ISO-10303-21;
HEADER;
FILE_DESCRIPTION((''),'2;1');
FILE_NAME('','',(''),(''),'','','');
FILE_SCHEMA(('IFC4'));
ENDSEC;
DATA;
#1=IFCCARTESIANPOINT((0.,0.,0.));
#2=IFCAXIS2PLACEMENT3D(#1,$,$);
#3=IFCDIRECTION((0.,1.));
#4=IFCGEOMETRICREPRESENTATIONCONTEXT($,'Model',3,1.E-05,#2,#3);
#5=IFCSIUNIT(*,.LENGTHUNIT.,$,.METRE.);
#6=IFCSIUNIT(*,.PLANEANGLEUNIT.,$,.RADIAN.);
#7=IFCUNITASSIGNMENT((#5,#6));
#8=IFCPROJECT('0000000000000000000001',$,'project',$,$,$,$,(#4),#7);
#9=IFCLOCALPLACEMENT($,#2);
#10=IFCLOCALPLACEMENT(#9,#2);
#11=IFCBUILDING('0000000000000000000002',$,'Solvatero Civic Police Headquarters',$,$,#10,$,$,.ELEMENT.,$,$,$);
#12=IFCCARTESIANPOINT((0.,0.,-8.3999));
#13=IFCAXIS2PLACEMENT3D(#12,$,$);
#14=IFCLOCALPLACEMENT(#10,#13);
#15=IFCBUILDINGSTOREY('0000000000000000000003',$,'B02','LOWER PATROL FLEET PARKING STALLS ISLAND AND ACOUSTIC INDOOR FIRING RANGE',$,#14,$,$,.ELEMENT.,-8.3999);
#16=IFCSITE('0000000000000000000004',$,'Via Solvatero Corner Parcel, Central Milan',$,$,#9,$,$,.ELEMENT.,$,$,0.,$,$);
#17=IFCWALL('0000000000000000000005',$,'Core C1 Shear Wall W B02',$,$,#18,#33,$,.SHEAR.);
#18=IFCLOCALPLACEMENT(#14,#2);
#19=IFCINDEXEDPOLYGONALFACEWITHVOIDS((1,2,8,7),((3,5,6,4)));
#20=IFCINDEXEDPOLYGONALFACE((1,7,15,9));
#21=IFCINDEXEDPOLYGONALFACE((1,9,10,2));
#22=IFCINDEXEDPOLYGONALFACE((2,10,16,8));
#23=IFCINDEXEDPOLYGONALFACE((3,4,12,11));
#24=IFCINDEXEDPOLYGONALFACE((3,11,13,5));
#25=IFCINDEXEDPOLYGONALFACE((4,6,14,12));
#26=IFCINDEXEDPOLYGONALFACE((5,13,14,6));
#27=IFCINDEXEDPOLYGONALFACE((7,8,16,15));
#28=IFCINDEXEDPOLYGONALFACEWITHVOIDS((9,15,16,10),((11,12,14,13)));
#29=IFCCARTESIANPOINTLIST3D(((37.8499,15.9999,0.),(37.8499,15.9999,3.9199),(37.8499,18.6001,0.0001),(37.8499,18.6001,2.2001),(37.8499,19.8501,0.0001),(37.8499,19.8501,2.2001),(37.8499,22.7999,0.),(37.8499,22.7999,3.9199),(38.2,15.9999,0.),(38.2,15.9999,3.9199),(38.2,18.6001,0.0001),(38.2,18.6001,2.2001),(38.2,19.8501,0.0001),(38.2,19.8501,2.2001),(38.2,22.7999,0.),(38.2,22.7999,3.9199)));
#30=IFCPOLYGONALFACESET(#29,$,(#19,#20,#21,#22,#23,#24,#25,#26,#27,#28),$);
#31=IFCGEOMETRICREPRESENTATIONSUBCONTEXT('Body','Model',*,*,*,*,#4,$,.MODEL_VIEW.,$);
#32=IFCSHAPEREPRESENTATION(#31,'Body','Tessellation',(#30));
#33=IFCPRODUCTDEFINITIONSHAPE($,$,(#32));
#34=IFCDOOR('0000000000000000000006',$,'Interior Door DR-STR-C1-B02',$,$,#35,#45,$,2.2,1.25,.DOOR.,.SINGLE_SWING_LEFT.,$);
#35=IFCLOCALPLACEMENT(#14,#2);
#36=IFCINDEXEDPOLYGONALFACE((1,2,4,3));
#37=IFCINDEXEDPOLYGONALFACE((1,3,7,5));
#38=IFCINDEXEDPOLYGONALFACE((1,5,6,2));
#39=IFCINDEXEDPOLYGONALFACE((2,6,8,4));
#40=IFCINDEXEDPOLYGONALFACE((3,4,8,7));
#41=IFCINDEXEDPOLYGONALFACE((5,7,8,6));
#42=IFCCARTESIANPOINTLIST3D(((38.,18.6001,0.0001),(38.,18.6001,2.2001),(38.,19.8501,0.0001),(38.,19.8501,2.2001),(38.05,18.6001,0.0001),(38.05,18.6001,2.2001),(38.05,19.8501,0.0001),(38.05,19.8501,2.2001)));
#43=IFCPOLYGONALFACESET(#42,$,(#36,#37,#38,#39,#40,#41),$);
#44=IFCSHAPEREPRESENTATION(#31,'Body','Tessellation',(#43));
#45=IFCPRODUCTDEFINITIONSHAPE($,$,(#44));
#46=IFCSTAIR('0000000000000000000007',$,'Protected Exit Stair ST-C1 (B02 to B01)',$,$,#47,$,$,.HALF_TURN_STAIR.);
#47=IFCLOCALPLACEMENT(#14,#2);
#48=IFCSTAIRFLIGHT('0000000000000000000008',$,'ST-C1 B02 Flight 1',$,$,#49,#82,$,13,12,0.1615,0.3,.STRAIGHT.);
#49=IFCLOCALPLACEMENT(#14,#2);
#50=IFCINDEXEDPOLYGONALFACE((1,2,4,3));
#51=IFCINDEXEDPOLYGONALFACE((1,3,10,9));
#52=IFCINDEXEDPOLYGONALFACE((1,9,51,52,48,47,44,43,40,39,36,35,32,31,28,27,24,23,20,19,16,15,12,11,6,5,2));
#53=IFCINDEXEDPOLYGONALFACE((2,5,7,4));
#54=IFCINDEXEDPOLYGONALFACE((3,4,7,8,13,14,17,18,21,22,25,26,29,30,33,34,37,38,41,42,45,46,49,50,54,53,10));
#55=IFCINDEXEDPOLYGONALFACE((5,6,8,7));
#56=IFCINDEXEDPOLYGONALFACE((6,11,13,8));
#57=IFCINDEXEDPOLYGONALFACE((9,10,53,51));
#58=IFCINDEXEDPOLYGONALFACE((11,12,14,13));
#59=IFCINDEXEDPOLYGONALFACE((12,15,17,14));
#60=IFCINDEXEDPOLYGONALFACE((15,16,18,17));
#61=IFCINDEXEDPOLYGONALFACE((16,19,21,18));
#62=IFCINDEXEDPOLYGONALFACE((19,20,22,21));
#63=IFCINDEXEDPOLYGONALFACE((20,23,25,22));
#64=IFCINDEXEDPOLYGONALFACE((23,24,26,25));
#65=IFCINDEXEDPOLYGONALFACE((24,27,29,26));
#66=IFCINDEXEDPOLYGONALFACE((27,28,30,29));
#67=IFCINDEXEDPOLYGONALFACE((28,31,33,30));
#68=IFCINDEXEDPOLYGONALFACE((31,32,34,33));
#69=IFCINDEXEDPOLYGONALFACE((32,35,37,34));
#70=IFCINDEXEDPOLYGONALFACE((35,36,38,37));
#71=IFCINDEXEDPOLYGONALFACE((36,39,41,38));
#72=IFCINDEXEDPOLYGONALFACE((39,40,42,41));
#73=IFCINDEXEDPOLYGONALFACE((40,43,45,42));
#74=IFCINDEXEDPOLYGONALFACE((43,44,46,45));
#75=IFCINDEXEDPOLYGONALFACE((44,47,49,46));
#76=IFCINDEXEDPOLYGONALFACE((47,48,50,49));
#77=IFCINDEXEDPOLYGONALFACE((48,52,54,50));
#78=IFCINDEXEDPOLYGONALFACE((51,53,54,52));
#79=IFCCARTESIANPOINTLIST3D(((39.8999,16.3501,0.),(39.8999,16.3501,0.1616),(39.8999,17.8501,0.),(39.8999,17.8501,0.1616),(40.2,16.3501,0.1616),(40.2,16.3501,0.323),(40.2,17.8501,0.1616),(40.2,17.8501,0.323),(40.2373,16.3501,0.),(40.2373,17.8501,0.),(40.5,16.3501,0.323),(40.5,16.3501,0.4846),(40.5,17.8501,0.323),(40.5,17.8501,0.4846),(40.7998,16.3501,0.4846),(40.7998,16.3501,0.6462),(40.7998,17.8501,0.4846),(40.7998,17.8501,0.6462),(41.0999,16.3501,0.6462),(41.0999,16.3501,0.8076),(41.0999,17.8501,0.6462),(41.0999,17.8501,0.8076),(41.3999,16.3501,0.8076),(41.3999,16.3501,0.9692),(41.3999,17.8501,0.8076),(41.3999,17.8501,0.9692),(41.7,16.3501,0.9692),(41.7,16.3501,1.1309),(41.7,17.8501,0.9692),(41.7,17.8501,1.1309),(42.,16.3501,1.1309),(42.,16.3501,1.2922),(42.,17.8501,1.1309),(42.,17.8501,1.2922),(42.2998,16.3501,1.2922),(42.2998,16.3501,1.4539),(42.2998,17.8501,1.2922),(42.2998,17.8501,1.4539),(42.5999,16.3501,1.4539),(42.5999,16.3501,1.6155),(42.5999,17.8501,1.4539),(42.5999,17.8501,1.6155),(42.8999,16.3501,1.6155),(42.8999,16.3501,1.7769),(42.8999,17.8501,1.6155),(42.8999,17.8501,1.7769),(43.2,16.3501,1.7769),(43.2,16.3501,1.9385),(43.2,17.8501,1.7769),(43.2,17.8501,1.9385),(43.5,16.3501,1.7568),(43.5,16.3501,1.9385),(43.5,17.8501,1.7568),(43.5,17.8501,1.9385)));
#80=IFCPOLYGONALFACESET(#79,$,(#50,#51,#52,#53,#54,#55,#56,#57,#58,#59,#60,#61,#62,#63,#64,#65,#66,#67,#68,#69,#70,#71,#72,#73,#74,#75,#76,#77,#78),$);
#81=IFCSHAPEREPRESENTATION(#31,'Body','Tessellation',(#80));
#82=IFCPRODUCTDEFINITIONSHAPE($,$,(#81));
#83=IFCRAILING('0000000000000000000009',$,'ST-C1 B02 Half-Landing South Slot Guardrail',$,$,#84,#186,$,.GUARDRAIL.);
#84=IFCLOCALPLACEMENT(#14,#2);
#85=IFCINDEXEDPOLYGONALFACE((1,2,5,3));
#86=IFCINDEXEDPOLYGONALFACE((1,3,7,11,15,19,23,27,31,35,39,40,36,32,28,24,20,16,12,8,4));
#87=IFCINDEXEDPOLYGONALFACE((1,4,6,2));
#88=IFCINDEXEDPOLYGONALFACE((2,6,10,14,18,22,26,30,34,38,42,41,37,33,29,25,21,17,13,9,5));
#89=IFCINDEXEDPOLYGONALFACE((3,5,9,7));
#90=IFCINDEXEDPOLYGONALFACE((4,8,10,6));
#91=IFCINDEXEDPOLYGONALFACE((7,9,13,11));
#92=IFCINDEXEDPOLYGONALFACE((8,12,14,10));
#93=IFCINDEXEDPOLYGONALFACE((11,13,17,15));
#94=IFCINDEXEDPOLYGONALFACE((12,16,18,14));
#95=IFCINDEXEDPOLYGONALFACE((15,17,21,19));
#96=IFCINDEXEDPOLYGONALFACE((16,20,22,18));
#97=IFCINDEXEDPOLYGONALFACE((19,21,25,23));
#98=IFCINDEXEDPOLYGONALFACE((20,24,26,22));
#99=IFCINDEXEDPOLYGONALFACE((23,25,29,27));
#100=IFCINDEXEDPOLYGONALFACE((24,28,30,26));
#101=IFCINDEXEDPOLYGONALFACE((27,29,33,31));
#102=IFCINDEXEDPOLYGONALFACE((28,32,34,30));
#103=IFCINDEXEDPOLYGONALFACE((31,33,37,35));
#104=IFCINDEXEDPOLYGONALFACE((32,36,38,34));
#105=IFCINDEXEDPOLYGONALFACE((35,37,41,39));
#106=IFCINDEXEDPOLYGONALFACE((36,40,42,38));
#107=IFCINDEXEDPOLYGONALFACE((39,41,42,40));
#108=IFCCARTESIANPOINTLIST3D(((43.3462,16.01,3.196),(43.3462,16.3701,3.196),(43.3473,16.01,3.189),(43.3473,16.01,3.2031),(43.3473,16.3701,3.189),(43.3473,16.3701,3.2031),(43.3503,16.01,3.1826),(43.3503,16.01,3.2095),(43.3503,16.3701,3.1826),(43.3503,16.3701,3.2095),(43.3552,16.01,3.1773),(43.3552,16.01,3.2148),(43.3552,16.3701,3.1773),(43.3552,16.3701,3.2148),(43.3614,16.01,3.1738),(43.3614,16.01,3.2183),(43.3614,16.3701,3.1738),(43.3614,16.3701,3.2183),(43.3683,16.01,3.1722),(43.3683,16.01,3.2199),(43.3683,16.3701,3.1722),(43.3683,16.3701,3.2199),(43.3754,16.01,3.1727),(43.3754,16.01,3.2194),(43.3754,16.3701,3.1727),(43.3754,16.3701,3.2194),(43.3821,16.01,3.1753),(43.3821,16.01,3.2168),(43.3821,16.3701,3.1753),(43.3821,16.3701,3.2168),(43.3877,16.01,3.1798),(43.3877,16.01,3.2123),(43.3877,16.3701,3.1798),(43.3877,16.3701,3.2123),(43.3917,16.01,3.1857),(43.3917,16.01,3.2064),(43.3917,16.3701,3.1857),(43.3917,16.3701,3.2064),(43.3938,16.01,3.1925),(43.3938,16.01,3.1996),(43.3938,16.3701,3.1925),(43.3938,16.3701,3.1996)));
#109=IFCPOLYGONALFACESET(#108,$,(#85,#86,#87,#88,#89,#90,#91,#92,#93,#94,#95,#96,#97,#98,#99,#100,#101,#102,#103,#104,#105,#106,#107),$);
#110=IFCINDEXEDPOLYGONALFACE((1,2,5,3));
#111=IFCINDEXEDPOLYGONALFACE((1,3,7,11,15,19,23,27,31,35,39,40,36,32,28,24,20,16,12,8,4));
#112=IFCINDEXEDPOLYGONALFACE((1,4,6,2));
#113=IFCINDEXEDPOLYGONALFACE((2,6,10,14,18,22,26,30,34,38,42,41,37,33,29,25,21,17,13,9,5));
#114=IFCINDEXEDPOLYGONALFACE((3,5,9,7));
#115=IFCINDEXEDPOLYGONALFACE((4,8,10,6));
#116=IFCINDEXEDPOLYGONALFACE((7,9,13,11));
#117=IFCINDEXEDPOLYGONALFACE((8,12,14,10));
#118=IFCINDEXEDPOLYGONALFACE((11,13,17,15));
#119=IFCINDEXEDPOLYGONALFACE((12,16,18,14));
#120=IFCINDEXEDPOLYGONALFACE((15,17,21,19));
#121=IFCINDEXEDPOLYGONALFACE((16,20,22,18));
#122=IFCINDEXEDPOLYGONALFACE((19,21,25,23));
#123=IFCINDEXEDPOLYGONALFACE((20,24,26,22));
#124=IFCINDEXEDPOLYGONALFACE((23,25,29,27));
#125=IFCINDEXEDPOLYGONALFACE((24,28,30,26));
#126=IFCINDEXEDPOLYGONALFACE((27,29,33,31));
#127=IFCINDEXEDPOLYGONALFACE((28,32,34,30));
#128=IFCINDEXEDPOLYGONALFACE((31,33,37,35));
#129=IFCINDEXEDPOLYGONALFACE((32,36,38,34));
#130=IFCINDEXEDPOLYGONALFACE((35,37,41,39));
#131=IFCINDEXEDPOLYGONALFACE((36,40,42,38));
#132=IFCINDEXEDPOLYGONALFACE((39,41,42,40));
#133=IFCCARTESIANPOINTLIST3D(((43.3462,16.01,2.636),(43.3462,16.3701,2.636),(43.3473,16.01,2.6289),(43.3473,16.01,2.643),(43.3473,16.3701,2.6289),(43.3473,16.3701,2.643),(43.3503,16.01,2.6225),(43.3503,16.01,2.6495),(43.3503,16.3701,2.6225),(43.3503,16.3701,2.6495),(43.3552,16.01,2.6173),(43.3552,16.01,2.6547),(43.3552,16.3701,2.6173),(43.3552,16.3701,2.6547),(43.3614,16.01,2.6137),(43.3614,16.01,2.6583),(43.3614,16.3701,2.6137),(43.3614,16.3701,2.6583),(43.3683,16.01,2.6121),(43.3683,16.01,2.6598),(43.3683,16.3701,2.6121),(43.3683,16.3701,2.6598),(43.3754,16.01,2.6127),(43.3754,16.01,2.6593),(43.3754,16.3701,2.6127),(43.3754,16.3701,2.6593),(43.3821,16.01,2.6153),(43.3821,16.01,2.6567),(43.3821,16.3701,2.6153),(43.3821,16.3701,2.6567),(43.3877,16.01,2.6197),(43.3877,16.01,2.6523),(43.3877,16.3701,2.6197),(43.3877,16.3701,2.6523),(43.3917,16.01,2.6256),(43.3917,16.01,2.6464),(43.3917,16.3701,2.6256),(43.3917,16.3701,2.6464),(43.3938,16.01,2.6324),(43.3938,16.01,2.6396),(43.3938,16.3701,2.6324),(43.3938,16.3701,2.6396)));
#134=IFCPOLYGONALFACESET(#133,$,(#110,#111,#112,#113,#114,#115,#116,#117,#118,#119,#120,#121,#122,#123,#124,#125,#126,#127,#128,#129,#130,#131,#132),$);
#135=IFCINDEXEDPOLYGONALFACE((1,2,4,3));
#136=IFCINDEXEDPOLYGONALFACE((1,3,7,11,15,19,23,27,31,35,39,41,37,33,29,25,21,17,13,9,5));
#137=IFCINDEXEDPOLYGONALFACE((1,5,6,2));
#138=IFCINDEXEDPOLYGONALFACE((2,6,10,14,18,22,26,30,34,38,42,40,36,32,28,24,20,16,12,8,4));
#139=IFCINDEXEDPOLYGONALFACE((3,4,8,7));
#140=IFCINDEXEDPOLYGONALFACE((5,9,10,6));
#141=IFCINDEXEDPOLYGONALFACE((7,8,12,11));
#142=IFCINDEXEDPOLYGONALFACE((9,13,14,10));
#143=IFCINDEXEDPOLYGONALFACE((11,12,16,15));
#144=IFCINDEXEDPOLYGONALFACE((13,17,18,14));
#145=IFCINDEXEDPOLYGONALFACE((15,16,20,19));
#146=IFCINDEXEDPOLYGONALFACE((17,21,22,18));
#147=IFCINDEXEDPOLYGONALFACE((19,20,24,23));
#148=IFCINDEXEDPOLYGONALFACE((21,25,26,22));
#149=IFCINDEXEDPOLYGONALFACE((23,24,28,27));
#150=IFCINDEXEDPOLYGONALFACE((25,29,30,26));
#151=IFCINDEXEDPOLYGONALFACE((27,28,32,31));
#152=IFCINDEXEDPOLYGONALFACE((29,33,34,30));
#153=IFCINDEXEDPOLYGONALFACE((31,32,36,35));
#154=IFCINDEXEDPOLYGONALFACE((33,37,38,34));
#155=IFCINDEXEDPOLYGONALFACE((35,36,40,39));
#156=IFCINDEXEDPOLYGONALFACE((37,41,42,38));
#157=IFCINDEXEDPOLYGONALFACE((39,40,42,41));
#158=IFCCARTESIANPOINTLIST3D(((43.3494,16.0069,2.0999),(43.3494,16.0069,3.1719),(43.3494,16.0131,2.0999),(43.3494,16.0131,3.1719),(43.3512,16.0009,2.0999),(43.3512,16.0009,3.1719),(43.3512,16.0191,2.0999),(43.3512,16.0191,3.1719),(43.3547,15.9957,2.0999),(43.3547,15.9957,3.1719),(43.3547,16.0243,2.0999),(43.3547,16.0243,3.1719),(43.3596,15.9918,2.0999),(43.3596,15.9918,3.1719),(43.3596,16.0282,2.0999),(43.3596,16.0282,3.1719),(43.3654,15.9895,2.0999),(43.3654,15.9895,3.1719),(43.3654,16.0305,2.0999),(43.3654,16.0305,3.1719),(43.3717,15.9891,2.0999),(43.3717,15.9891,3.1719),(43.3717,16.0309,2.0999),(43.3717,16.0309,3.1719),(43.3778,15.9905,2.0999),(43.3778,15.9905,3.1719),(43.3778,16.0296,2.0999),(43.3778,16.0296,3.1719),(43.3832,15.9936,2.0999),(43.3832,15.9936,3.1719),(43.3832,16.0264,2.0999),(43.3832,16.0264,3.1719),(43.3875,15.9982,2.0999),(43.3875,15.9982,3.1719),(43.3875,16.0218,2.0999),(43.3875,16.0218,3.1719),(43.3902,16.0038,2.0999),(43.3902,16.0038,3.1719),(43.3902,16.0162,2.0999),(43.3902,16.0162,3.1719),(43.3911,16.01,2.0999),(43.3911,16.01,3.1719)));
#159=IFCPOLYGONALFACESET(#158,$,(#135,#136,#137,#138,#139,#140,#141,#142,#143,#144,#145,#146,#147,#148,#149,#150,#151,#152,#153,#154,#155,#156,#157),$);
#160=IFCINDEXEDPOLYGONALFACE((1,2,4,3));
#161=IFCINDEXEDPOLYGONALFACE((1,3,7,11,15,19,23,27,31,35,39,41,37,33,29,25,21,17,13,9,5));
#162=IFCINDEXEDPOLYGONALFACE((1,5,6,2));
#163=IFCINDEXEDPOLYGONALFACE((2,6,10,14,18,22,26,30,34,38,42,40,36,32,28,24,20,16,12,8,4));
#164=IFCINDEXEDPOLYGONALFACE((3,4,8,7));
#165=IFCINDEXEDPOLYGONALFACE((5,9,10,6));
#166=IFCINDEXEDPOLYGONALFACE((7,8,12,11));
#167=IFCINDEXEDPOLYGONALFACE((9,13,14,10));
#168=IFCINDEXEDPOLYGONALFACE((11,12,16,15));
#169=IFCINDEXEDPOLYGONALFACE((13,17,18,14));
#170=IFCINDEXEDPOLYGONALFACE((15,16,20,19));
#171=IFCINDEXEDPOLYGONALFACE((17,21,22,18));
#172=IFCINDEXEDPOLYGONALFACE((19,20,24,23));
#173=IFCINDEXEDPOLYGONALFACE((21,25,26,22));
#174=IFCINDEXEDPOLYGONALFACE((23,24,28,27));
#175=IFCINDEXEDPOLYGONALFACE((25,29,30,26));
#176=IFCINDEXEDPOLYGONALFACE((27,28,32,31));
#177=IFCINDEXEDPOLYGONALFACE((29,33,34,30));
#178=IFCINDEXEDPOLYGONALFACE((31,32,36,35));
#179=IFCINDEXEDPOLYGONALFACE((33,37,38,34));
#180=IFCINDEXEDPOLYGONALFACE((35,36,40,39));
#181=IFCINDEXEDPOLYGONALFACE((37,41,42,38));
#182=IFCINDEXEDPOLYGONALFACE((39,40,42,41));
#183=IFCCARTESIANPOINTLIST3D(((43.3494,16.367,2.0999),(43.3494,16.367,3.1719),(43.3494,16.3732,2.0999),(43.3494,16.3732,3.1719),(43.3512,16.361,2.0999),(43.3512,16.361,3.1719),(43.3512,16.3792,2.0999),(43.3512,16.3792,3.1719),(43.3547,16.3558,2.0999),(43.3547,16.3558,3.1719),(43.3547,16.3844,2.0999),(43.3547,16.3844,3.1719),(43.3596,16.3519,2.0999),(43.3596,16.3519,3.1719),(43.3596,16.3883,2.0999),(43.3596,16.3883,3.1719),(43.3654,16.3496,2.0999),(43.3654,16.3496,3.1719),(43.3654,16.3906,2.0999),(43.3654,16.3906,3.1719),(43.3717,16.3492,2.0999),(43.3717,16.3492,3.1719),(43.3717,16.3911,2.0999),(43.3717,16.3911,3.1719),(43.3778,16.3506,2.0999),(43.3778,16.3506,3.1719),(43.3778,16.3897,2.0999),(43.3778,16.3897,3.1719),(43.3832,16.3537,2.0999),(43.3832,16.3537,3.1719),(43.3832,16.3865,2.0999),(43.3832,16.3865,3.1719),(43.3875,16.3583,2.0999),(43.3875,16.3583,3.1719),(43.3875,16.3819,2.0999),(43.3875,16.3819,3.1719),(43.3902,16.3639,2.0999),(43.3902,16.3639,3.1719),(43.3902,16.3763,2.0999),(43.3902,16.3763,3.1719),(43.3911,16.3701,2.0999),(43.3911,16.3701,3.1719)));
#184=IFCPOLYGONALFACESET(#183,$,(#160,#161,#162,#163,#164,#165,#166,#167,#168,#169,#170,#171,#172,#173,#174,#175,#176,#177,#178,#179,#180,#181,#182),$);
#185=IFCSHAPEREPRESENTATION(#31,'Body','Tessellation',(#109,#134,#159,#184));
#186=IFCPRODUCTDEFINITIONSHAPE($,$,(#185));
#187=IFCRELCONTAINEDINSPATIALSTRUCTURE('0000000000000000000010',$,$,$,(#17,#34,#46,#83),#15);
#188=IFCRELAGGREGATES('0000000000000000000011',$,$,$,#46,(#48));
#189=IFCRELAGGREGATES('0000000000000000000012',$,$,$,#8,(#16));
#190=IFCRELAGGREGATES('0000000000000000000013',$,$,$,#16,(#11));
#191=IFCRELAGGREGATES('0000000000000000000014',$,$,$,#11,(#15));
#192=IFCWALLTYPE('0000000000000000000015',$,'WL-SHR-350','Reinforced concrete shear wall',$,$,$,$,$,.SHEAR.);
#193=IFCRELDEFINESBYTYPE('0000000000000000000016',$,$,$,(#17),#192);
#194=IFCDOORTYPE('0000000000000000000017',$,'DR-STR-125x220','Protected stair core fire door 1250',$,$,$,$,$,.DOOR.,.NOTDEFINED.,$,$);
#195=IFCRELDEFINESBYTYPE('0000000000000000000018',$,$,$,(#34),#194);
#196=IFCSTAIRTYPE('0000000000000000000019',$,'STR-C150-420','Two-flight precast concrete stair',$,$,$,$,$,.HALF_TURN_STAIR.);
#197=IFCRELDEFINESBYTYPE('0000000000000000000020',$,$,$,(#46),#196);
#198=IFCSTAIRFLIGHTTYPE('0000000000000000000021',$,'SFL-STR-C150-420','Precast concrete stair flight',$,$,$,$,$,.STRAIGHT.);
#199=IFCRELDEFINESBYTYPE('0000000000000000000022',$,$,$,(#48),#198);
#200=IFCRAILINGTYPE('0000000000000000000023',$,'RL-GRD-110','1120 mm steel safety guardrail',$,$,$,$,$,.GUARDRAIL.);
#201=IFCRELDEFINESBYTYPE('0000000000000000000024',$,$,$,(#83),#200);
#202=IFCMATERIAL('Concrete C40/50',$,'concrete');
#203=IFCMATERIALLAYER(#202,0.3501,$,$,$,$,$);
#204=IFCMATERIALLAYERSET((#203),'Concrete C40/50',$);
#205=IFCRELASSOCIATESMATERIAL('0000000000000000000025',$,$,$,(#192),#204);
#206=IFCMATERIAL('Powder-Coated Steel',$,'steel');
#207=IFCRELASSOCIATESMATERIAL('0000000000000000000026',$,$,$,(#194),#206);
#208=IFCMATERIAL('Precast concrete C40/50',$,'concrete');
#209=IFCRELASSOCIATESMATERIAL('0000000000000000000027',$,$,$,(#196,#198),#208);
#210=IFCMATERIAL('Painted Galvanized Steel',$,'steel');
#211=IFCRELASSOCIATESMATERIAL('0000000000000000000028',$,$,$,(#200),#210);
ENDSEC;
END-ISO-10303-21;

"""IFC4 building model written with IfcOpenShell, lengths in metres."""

from ifc_helpers import new_model, si_unit, direction, frame, frame_2d, origin, origin_2d, place, context, subcontext, project, spatial, polyline, rectangle, circle, outline, extrude, material, layer, layer_set, type_object, element, fill, aggregate, save


model = new_model("IFC4")

# Units and contexts
model_context = context("Model", 3, precision=1e-05, world=origin(), true_north=direction((0.0, 1.0)))
body_context = subcontext(model_context, "Body", "Model", "MODEL_VIEW")
ifc_project = project(units=[si_unit("LENGTHUNIT", "METRE"), si_unit("PLANEANGLEUNIT", "RADIAN")], contexts=[model_context])

# Site, building, storey
site_placement = place(None, origin())
site = spatial("IfcSite", under=ifc_project, at=site_placement, Name="Via Solvatero Corner Parcel, Central Milan", CompositionType="ELEMENT", RefElevation=0.0)
building_placement = place(site_placement, origin())
building = spatial("IfcBuilding", under=site, at=building_placement, Name="Solvatero Civic Police Headquarters", CompositionType="ELEMENT")
storey_placement = place(building_placement, frame((0.0, 0.0, -8.3999)))
storey = spatial("IfcBuildingStorey", under=building, at=storey_placement, Name="B02", Description="LOWER PATROL FLEET PARKING STALLS ISLAND AND ACOUSTIC INDOOR FIRING RANGE", CompositionType="ELEMENT", Elevation=-8.3999)

# Shared definitions
ifc_material_1 = material(Name="Concrete C40/50", Category="concrete")

# Shared definitions
ifc_layer_1 = layer(ifc_material_1, 0.3501)
ifc_layer_set_1 = layer_set([ifc_layer_1], Name="Concrete C40/50")
wall_type = type_object("IfcWallType", Name="WL-SHR-350", Description="Reinforced concrete shear wall", PredefinedType="SHEAR", material=ifc_layer_set_1)

# Wall, opening, door
wall_1_placement = place(storey_placement, frame((38.0249, 16.0, 0.0), z_axis=(0.0, 0.0, 1.0), x_axis=(0.0, 1.0, 0.0)))
wall_1 = element("IfcWall", 1, at=wall_1_placement, inside=storey, type_object=wall_type, Name="Core C1 Shear Wall W B02", PredefinedType="SHEAR", context=body_context, shape_type="SweptSolid", body=[
    extrude(rectangle(XDim=6.8, YDim=0.3501, at=frame_2d((3.3999, 0.0))), origin(), (0.0, 0.0, 1.0), 3.9199),
])
opening_placement = place(wall_1_placement, frame((2.6001, 0.0, 0.0)))
opening = element("IfcOpeningElement", 2, at=opening_placement, cuts=wall_1, PredefinedType="OPENING", context=body_context, shape_type="SweptSolid", body=[
    extrude(rectangle(XDim=1.25, YDim=2.2, at=frame_2d((0.625, 1.1001))), frame((0.0, 0.1851, 0.0), z_axis=(0.0, -1.0, 0.0), x_axis=(1.0, 0.0, 0.0)), (0.0, 0.0, 1.0), 0.3701),
])
ifc_material_2 = material(Name="Powder-Coated Steel", Category="steel")
door_type = type_object("IfcDoorType", Name="DR-STR-125x220", Description="Protected stair core fire door 1250", OperationType="NOTDEFINED", PredefinedType="DOOR", material=ifc_material_2)
door_placement = place(opening_placement, origin())
door = element("IfcDoor", 3, at=door_placement, inside=storey, type_object=door_type, Name="Interior Door DR-STR-C1-B02", OperationType="SINGLE_SWING_LEFT", OverallHeight=2.2, OverallWidth=1.25, PredefinedType="DOOR", context=body_context, shape_type="SweptSolid", body=[
    extrude(rectangle(XDim=1.25, YDim=2.2, at=frame_2d((0.625, 1.1001))), frame((0.0, 0.0249, 0.0), z_axis=(0.0, -1.0, 0.0), x_axis=(1.0, 0.0, 0.0)), (0.0, 0.0, 1.0), 0.05),
])
fill(opening, door)

# Stair, stair flight
ifc_material_3 = material(Name="Precast concrete C40/50", Category="concrete")
stair_type = type_object("IfcStairType", Name="STR-C150-420", Description="Two-flight precast concrete stair", PredefinedType="HALF_TURN_STAIR", material=ifc_material_3)
stair_placement = place(storey_placement, origin())
stair = element("IfcStair", 4, at=stair_placement, inside=storey, type_object=stair_type, Name="Protected Exit Stair ST-C1 (B02 to B01)", PredefinedType="HALF_TURN_STAIR")
stair_flight_type = type_object("IfcStairFlightType", Name="SFL-STR-C150-420", Description="Precast concrete stair flight", PredefinedType="STRAIGHT", material=ifc_material_3)
stair_flight_placement = place(storey_placement, frame((39.8999, 17.1001, 0.0), z_axis=(0.0, 0.0, 1.0), x_axis=(1.0, 0.0, 0.0)))
stair_flight = element("IfcStairFlight", 5, at=stair_flight_placement, type_object=stair_flight_type, Name="ST-C1 B02 Flight 1", NumberOfRisers=13, NumberOfTreads=12, PredefinedType="STRAIGHT", RiserHeight=0.1615, TreadLength=0.3, context=body_context, shape_type="SweptSolid", body=[
    extrude(outline(polyline([(0.0, 0.0), (0.0, 0.1616), (0.3, 0.1616), (0.3, 0.323), (0.6001, 0.323), (0.6001, 0.4846), (0.8999, 0.4846), (0.8999, 0.6462), (1.2, 0.6462), (1.2, 0.8076), (1.5, 0.8076), (1.5, 0.9692), (1.8, 0.9692), (1.8, 1.1309), (2.1001, 1.1309), (2.1001, 1.2922), (2.3999, 1.2922), (2.3999, 1.4539), (2.7, 1.4539), (2.7, 1.6155), (3.0, 1.6155), (3.0, 1.7769), (3.3, 1.7769), (3.3, 1.9385), (3.6001, 1.9385), (3.6001, 2.1001), (3.6001, 1.7568), (0.3374, 0.0), (0.0, 0.0)])), frame((0.0, 0.75, 0.0), z_axis=(0.0, -1.0, 0.0), x_axis=(1.0, 0.0, 0.0)), (0.0, 0.0, 1.0), 1.5),
])
aggregate(stair, [stair_flight])

# Railing
ifc_material_4 = material(Name="Painted Galvanized Steel", Category="steel")
railing_type = type_object("IfcRailingType", Name="RL-GRD-110", Description="1120 mm steel safety guardrail", PredefinedType="GUARDRAIL", material=ifc_material_4)
railing_placement = place(storey_placement, frame((43.3701, 16.01, 2.0999)))
element("IfcRailing", 6, at=railing_placement, inside=storey, type_object=railing_type, Name="ST-C1 B02 Half-Landing South Slot Guardrail", PredefinedType="GUARDRAIL", context=body_context, shape_type="SweptSolid", body=[
    extrude(circle(Radius=0.0239, at=origin_2d()), frame((0.0, 0.0, 1.0962), z_axis=(0.0, 1.0, 0.0), x_axis=(-1.0, 0.0, 0.0)), (0.0, 0.0, 1.0), 0.3601),
    extrude(circle(Radius=0.0239, at=origin_2d()), frame((0.0, 0.0, 0.5361), z_axis=(0.0, 1.0, 0.0), x_axis=(-1.0, 0.0, 0.0)), (0.0, 0.0, 1.0), 0.3601),
    extrude(circle(Radius=0.021, at=origin_2d()), origin(), (0.0, 0.0, 1.0), 1.072),
    extrude(circle(Radius=0.021, at=origin_2d()), frame((0.0, 0.3601, 0.0)), (0.0, 0.0, 1.0), 1.072),
])

save(model, "model.ifc")
